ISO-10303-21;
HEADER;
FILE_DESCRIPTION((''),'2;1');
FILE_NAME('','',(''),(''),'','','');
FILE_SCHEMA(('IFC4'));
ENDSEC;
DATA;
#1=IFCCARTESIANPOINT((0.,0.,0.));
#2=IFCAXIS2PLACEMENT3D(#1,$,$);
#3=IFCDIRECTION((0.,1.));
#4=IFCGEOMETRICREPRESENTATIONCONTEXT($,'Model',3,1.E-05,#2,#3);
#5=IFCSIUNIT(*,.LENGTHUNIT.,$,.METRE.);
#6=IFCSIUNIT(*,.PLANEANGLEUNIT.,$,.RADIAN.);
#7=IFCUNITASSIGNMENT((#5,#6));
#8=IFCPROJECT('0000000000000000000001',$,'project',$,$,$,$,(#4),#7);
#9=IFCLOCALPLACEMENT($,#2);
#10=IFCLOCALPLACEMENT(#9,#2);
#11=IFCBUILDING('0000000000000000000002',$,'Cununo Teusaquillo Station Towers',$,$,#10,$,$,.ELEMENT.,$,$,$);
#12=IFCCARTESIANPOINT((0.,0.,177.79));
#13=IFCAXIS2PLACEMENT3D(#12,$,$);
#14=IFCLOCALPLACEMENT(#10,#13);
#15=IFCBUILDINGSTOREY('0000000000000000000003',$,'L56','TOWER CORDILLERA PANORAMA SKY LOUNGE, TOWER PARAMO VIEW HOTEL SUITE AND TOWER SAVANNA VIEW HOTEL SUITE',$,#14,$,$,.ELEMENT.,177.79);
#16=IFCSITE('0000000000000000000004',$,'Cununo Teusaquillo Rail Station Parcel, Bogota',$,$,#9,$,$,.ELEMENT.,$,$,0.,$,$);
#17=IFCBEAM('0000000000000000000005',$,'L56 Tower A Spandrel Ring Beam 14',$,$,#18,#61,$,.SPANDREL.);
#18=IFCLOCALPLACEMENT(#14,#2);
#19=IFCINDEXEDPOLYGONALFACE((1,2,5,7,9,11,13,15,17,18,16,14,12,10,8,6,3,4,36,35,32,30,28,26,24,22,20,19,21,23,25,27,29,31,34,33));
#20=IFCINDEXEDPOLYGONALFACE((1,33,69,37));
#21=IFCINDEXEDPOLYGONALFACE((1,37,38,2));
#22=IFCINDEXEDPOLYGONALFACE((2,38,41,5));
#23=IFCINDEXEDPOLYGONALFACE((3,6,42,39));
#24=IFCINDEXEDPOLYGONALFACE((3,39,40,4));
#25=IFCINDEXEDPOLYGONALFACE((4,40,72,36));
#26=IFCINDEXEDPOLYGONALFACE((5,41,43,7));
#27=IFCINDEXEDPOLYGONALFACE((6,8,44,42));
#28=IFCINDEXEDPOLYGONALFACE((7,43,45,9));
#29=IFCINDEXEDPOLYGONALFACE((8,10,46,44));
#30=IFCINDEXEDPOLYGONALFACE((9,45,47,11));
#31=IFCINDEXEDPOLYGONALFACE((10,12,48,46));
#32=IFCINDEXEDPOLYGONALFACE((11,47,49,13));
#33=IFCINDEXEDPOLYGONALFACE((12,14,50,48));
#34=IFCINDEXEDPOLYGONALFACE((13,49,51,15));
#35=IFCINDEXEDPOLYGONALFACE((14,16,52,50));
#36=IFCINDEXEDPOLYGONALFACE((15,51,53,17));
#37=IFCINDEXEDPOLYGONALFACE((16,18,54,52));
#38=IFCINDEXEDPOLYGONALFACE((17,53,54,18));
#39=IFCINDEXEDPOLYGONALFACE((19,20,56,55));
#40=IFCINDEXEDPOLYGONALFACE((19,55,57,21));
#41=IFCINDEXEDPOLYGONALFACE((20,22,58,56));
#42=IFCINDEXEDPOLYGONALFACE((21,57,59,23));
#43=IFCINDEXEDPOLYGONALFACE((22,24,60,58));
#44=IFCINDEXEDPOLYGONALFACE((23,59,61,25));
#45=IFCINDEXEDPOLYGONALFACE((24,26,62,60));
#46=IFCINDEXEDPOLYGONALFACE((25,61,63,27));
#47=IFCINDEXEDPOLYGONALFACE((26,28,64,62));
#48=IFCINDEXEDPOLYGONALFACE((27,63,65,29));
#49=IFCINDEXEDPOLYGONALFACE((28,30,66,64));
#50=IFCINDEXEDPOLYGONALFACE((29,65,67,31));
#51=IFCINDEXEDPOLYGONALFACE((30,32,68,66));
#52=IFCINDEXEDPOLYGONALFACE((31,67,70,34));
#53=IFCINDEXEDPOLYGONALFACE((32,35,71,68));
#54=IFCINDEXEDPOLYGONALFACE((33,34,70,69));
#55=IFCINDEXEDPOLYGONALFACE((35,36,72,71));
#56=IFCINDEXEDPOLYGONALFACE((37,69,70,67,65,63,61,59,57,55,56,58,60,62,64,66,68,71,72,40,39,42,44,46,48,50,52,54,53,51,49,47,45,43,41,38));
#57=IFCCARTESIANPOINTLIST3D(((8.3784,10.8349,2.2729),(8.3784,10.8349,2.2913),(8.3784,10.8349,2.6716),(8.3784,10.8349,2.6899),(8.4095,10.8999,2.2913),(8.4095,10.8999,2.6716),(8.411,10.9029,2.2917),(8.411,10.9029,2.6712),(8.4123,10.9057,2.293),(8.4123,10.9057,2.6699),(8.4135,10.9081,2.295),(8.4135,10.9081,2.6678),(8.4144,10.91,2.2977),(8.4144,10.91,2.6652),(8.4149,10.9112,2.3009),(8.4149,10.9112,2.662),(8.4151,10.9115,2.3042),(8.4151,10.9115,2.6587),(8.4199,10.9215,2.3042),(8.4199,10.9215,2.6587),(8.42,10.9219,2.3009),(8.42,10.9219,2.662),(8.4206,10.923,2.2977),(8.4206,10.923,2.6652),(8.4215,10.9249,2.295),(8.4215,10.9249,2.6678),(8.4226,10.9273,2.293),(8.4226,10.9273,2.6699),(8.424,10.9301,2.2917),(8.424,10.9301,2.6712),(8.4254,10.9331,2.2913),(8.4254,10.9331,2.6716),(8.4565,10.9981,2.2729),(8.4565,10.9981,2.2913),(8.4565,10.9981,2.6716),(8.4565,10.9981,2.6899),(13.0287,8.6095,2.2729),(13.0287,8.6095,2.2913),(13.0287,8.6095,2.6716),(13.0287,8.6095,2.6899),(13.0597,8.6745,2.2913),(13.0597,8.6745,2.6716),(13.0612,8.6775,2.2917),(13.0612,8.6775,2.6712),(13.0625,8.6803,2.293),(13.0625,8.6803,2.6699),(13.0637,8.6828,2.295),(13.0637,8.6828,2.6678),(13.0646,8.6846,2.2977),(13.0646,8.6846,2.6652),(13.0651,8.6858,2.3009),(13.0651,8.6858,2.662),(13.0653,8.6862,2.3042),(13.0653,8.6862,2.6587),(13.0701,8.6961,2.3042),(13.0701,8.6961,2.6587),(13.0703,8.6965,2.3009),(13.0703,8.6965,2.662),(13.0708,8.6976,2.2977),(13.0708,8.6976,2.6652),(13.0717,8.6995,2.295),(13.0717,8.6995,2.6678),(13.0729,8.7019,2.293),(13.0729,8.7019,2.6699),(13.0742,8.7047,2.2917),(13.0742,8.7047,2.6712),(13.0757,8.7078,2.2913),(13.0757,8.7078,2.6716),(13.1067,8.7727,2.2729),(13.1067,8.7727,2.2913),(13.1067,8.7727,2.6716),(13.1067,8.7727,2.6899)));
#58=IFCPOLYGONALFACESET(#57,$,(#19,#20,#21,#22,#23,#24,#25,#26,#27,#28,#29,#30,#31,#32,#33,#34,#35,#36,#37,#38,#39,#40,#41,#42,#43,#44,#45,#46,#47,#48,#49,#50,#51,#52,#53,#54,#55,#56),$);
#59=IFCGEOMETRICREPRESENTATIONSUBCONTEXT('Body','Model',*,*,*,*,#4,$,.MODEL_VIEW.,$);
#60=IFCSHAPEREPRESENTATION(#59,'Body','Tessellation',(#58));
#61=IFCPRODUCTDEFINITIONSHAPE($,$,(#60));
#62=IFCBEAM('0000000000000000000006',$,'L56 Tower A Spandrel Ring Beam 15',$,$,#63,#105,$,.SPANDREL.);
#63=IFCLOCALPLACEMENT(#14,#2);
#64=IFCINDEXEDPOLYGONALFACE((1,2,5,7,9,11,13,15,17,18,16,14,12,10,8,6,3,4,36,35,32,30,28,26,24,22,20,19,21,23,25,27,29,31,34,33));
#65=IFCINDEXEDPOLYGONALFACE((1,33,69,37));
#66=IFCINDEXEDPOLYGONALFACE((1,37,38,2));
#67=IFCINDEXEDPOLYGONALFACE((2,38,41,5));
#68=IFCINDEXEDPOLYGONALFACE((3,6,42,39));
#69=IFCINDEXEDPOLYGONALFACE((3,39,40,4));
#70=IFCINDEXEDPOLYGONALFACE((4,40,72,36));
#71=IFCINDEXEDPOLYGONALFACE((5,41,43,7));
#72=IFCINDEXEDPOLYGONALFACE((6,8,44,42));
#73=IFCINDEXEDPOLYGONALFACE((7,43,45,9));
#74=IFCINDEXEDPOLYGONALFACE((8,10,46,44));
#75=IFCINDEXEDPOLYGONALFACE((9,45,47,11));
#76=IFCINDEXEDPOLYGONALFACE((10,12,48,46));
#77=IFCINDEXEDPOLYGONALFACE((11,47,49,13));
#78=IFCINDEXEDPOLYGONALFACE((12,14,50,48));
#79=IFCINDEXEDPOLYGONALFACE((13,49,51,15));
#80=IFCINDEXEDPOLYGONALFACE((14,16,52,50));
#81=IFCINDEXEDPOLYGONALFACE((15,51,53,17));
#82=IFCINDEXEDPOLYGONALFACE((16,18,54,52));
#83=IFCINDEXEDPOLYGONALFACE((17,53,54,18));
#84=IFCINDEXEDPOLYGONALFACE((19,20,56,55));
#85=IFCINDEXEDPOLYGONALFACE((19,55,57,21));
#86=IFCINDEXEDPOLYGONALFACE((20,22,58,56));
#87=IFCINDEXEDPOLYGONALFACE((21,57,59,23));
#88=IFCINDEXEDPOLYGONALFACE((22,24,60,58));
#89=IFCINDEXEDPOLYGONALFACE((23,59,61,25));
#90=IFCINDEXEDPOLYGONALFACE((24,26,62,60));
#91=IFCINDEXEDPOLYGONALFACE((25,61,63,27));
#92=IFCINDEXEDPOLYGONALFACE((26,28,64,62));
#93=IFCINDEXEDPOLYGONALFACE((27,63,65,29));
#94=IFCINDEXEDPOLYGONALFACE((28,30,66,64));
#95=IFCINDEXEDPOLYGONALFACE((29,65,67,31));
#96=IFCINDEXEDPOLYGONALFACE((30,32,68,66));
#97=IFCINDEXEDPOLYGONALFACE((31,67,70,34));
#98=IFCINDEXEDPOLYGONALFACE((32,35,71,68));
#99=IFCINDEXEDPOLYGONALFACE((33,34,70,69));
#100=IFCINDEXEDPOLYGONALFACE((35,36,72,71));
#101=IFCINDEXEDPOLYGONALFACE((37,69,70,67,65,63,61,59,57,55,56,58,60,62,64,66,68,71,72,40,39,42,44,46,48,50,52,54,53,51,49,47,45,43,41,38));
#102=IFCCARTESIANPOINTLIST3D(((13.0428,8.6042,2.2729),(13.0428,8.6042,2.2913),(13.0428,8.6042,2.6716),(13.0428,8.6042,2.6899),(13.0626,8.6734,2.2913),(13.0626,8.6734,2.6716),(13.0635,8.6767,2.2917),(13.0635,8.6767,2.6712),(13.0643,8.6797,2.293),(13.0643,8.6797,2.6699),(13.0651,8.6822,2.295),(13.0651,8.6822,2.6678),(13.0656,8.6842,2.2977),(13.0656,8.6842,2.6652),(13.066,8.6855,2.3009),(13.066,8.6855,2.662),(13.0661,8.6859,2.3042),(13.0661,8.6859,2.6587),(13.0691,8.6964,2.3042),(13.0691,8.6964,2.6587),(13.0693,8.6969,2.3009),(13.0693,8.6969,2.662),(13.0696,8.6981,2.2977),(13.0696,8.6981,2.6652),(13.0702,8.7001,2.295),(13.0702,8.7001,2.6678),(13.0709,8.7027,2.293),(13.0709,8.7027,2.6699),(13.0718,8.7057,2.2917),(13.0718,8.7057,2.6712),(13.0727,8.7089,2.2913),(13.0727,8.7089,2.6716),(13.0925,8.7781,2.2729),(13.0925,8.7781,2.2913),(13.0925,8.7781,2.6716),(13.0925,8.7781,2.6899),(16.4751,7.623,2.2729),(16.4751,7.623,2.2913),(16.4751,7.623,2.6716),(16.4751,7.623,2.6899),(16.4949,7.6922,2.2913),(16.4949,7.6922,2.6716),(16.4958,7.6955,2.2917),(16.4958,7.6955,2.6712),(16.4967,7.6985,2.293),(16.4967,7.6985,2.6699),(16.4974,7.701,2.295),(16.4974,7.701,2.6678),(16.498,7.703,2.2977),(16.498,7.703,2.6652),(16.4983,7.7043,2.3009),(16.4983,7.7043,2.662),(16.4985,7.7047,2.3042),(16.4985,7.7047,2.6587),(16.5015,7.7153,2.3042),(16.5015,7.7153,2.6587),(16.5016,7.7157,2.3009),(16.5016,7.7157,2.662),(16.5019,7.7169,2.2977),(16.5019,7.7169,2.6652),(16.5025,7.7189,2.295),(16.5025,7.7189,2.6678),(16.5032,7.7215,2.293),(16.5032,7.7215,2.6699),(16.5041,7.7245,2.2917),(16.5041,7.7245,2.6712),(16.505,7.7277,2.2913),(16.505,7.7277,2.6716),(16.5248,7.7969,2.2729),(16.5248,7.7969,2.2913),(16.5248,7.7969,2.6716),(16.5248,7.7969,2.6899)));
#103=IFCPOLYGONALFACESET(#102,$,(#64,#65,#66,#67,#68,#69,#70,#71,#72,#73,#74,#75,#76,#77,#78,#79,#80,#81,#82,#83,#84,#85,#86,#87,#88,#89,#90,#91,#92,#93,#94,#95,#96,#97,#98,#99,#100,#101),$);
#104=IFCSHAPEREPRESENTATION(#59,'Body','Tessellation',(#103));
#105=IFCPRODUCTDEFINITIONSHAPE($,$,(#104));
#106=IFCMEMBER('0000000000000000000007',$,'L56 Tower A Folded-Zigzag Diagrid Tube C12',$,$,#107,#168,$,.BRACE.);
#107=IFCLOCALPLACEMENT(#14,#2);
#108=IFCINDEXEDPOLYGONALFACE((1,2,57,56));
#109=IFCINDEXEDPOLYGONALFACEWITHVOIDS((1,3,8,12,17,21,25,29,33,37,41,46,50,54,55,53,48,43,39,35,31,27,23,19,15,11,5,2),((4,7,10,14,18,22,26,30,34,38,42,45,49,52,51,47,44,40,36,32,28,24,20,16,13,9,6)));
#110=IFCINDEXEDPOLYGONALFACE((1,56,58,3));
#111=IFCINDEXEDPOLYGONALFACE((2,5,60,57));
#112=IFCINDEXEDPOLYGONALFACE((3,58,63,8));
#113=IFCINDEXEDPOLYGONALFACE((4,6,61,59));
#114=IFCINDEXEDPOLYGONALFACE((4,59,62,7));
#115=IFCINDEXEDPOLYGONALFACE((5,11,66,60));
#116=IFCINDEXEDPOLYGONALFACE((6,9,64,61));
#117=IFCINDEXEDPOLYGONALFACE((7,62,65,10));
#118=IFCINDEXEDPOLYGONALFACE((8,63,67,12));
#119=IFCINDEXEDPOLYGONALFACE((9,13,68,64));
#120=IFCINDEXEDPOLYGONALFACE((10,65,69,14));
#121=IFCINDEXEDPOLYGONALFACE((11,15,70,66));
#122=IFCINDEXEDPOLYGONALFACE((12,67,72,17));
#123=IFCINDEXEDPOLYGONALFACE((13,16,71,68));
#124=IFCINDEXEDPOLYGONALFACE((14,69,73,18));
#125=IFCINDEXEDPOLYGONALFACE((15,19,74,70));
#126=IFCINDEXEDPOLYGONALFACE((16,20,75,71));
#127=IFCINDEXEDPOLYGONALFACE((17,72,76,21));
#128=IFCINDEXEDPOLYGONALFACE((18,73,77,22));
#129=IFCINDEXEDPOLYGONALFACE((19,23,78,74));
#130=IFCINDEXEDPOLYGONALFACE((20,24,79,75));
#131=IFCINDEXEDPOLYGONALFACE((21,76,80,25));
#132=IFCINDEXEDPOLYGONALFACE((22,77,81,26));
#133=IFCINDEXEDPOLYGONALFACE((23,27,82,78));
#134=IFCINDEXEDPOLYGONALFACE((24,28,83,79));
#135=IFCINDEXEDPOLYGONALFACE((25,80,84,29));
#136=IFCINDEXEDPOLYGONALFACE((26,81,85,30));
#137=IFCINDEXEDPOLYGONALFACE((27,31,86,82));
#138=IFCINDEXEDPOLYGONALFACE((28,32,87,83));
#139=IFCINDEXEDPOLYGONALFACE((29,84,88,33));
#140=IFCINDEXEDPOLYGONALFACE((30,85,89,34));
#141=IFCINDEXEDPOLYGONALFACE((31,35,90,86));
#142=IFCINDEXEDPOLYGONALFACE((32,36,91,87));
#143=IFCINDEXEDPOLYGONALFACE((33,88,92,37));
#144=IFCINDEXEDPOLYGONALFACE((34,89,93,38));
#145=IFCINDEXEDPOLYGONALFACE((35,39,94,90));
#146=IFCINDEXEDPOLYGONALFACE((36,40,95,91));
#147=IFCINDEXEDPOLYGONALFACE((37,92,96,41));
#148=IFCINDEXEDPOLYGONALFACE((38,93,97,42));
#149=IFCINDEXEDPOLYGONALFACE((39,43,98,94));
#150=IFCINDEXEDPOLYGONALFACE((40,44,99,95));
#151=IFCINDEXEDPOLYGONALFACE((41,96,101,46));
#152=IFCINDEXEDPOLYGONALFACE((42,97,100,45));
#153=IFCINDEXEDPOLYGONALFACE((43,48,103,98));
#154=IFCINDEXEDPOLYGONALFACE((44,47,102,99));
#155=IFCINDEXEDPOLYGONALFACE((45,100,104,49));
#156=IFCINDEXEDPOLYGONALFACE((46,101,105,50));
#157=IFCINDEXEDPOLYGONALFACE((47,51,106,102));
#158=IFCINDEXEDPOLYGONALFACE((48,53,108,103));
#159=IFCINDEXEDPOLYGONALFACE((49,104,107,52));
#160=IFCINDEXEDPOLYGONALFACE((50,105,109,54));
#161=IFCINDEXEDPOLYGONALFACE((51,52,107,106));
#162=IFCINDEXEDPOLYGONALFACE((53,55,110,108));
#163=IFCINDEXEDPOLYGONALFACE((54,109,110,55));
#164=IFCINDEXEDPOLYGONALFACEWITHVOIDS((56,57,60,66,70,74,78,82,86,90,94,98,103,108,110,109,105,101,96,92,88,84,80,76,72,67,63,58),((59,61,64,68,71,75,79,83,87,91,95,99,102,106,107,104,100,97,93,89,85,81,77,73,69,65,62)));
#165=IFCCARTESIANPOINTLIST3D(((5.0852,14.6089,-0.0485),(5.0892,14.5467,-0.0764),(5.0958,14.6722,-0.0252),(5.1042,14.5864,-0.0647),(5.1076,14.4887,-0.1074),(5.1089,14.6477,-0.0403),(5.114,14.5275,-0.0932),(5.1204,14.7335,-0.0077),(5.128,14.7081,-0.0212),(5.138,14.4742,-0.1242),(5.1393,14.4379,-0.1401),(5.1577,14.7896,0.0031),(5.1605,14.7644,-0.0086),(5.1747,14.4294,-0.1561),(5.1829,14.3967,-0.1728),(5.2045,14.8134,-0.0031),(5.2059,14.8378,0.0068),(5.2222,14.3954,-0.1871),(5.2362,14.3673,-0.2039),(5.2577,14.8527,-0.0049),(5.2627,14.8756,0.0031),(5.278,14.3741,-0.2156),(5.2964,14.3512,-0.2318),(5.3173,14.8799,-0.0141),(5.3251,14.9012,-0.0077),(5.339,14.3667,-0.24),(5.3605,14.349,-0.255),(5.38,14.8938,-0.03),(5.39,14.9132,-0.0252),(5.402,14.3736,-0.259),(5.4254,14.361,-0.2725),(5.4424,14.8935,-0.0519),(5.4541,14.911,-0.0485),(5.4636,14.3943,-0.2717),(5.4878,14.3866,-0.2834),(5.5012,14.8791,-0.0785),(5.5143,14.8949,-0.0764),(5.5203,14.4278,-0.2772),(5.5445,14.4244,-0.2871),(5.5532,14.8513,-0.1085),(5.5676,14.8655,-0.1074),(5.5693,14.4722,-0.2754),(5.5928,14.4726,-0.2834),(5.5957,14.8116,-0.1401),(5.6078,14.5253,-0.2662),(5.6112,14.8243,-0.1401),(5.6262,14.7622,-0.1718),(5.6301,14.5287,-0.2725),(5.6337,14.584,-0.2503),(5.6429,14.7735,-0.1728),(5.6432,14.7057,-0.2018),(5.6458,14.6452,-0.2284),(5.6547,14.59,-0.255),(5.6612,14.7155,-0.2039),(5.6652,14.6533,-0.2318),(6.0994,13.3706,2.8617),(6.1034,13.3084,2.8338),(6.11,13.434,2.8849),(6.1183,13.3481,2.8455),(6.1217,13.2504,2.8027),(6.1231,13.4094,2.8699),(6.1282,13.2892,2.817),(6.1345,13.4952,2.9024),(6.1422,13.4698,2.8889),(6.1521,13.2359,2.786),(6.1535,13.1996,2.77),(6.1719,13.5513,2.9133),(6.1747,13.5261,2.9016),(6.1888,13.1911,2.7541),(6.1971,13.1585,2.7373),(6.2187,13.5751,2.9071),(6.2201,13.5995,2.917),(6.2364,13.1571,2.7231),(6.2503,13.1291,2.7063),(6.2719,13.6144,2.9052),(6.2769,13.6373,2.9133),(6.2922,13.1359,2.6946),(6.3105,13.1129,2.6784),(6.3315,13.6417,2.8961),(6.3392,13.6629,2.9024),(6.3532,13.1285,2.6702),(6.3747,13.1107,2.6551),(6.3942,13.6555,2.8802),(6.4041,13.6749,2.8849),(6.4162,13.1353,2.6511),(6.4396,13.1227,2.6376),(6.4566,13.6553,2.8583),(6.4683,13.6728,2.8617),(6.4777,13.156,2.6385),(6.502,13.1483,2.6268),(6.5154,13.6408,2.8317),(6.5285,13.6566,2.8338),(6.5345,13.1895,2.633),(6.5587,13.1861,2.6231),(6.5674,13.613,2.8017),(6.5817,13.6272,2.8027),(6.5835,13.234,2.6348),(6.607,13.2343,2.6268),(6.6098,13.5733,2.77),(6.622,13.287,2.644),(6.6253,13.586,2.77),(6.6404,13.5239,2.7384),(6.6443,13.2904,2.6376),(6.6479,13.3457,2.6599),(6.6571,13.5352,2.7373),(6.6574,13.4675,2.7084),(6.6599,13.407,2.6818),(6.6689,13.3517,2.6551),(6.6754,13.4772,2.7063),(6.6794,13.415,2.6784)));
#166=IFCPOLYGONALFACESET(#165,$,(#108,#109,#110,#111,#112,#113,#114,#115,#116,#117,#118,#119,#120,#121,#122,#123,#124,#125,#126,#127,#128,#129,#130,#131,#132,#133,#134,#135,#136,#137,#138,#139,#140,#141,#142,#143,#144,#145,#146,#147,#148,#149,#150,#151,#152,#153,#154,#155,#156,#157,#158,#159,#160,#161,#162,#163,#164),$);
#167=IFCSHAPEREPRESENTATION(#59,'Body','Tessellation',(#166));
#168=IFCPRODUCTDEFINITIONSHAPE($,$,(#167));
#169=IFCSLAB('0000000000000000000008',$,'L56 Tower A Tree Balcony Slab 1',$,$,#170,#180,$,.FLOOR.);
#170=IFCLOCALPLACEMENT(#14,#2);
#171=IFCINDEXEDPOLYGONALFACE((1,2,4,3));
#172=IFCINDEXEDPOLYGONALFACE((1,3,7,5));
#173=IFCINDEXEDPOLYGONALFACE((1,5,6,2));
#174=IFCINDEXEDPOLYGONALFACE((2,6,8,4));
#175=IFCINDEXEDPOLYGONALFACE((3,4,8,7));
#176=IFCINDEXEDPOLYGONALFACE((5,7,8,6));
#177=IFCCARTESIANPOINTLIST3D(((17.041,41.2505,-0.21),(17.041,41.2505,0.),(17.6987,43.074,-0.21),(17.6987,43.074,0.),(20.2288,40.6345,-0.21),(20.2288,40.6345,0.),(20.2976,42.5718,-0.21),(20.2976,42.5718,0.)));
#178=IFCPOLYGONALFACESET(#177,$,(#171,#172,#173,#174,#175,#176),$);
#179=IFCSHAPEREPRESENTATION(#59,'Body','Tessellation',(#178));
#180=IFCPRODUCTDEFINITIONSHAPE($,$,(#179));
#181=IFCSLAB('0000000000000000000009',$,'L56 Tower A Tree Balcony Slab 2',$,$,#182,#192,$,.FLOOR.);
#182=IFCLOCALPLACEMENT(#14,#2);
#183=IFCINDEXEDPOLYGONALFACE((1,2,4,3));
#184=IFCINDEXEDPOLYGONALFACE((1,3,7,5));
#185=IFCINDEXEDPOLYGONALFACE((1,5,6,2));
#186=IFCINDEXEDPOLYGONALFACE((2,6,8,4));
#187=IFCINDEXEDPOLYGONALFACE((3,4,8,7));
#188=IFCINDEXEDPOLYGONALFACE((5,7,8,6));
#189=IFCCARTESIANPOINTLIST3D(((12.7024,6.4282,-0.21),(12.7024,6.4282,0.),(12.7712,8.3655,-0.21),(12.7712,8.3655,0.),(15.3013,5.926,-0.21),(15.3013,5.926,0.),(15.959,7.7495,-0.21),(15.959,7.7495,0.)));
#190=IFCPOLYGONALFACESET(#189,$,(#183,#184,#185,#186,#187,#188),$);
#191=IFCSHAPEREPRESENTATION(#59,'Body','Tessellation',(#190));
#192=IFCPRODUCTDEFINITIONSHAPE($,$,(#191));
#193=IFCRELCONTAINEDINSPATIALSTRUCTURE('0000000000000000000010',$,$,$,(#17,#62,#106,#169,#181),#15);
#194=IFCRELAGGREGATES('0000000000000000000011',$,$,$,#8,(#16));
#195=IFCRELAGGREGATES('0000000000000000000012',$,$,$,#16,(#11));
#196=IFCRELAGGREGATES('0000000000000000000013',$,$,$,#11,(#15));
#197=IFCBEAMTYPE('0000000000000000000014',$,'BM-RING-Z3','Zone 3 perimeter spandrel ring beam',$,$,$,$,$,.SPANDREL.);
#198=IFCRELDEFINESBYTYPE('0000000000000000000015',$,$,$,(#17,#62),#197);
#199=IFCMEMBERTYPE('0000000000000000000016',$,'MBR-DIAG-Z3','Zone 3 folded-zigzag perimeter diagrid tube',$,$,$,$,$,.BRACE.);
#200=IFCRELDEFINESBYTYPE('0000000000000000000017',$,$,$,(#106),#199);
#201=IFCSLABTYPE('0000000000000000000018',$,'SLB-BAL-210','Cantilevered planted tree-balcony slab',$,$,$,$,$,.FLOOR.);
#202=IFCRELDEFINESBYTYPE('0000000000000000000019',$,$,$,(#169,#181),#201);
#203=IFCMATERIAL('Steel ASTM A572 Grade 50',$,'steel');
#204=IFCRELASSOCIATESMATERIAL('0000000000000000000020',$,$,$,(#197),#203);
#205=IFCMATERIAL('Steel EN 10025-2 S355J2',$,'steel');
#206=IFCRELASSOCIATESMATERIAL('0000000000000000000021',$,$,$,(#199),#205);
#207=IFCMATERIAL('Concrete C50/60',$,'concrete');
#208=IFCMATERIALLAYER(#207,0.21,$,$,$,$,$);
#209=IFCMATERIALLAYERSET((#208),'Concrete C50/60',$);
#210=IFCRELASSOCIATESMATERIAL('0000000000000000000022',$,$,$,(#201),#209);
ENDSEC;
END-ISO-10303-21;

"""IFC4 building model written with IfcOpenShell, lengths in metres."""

from ifc_helpers import new_model, si_unit, direction, frame, origin, origin_2d, place, context, subcontext, project, spatial, polyline, hollow_circle, i_section, outline, extrude, material, layer, layer_set, material_profile, profile_set, type_object, element, save


model = new_model("IFC4")

# Units and contexts
model_context = context("Model", 3, precision=1e-05, world=origin(), true_north=direction((0.0, 1.0)))
body_context = subcontext(model_context, "Body", "Model", "MODEL_VIEW")
ifc_project = project(units=[si_unit("LENGTHUNIT", "METRE"), si_unit("PLANEANGLEUNIT", "RADIAN")], contexts=[model_context])

# Site, building, storey
site_placement = place(None, origin())
site = spatial("IfcSite", under=ifc_project, at=site_placement, Name="Cununo Teusaquillo Rail Station Parcel, Bogota", CompositionType="ELEMENT", RefElevation=0.0)
building_placement = place(site_placement, origin())
building = spatial("IfcBuilding", under=site, at=building_placement, Name="Cununo Teusaquillo Station Towers", CompositionType="ELEMENT")
storey_placement = place(building_placement, frame((0.0, 0.0, 177.79)))
storey = spatial("IfcBuildingStorey", under=building, at=storey_placement, Name="L56", Description="TOWER CORDILLERA PANORAMA SKY LOUNGE, TOWER PARAMO VIEW HOTEL SUITE AND TOWER SAVANNA VIEW HOTEL SUITE", CompositionType="ELEMENT", Elevation=177.79)

# Beams
ifc_material_1 = material(Name="Steel ASTM A572 Grade 50", Category="steel")
ifc_material_profile_1 = material_profile(ifc_material_1, i_section(OverallWidth=0.1809, OverallDepth=0.417, WebThickness=0.011, FlangeThickness=0.0183, FilletRadius=0.0129, at=origin_2d()), Name="W16X57")
ifc_profile_set_1 = profile_set([ifc_material_profile_1], Name="Steel ASTM A572 Grade 50")
beam_type = type_object("IfcBeamType", Name="BM-RING-Z3", Description="Zone 3 perimeter spandrel ring beam", PredefinedType="SPANDREL", material=ifc_profile_set_1)
beam_1_placement = place(storey_placement, frame((8.4175, 10.9165, 2.4814), z_axis=(0.902032, -0.43167, 0.0), x_axis=(0.43167, 0.902032, 0.0)))
element("IfcBeam", 1, at=beam_1_placement, inside=storey, type_object=beam_type, Name="L56 Tower A Spandrel Ring Beam 14", PredefinedType="SPANDREL", context=body_context, shape_type="SweptSolid", body=[
    extrude(i_section(OverallWidth=0.1809, OverallDepth=0.417, WebThickness=0.011, FlangeThickness=0.0183, FilletRadius=0.0129, at=origin_2d()), origin(), (0.0, 0.0, 1.0), 5.1553),
])
beam_2_placement = place(storey_placement, frame((13.0676, 8.6912, 2.4814), z_axis=(0.961485, -0.274857, 0.0), x_axis=(0.274857, 0.961485, 0.0)))
element("IfcBeam", 2, at=beam_2_placement, inside=storey, type_object=beam_type, Name="L56 Tower A Spandrel Ring Beam 15", PredefinedType="SPANDREL", context=body_context, shape_type="SweptSolid", body=[
    extrude(i_section(OverallWidth=0.1809, OverallDepth=0.417, WebThickness=0.011, FlangeThickness=0.0183, FilletRadius=0.0129, at=origin_2d()), origin(), (0.0, 0.0, 1.0), 3.5698),
])

# Member
ifc_material_2 = material(Name="Steel EN 10025-2 S355J2", Category="steel")
ifc_material_profile_2 = material_profile(ifc_material_2, hollow_circle(Radius=0.3049, WallThickness=0.02, at=origin_2d()), Name="CHS 610x20")
ifc_profile_set_2 = profile_set([ifc_material_profile_2], Name="Steel EN 10025-2 S355J2")
member_type = type_object("IfcMemberType", Name="MBR-DIAG-Z3", Description="Zone 3 folded-zigzag perimeter diagrid tube", PredefinedType="BRACE", material=ifc_profile_set_2)
member_placement = place(storey_placement, frame((5.3752, 14.6311, -0.1401), z_axis=(0.305353, -0.372833, 0.876216), x_axis=(0.773645, 0.63362, 0.0)))
element("IfcMember", 3, at=member_placement, inside=storey, type_object=member_type, Name="L56 Tower A Folded-Zigzag Diagrid Tube C12", PredefinedType="BRACE", context=body_context, shape_type="SweptSolid", body=[
    extrude(hollow_circle(Radius=0.3049, WallThickness=0.02, at=origin_2d()), origin(), (0.0, 0.0, 1.0), 3.3213),
])

# Slabs
ifc_material_3 = material(Name="Concrete C50/60", Category="concrete")
ifc_layer_1 = layer(ifc_material_3, 0.21)
ifc_layer_set_1 = layer_set([ifc_layer_1], Name="Concrete C50/60")
slab_type_1 = type_object("IfcSlabType", Name="SLB-BAL-210", Description="Cantilevered planted tree-balcony slab", PredefinedType="FLOOR", material=ifc_layer_set_1)
slab_1_placement = place(storey_placement, frame((0.0, 0.0, -0.21)))
element("IfcSlab", 4, at=slab_1_placement, inside=storey, type_object=slab_type_1, Name="L56 Tower A Tree Balcony Slab 1", PredefinedType="FLOOR", context=body_context, shape_type="SweptSolid", body=[
    extrude(outline(polyline([(20.2288, 40.6345), (17.041, 41.2505), (17.6987, 43.074), (20.2976, 42.5718), (20.2288, 40.6345)])), origin(), (0.0, 0.0, 1.0), 0.21),
])
slab_2_placement = place(storey_placement, frame((0.0, 0.0, -0.21)))
element("IfcSlab", 5, at=slab_2_placement, inside=storey, type_object=slab_type_1, Name="L56 Tower A Tree Balcony Slab 2", PredefinedType="FLOOR", context=body_context, shape_type="SweptSolid", body=[
    extrude(outline(polyline([(12.7712, 8.3655), (15.959, 7.7495), (15.3013, 5.926), (12.7024, 6.4282), (12.7712, 8.3655)])), origin(), (0.0, 0.0, 1.0), 0.21),
])

save(model, "model.ifc")
